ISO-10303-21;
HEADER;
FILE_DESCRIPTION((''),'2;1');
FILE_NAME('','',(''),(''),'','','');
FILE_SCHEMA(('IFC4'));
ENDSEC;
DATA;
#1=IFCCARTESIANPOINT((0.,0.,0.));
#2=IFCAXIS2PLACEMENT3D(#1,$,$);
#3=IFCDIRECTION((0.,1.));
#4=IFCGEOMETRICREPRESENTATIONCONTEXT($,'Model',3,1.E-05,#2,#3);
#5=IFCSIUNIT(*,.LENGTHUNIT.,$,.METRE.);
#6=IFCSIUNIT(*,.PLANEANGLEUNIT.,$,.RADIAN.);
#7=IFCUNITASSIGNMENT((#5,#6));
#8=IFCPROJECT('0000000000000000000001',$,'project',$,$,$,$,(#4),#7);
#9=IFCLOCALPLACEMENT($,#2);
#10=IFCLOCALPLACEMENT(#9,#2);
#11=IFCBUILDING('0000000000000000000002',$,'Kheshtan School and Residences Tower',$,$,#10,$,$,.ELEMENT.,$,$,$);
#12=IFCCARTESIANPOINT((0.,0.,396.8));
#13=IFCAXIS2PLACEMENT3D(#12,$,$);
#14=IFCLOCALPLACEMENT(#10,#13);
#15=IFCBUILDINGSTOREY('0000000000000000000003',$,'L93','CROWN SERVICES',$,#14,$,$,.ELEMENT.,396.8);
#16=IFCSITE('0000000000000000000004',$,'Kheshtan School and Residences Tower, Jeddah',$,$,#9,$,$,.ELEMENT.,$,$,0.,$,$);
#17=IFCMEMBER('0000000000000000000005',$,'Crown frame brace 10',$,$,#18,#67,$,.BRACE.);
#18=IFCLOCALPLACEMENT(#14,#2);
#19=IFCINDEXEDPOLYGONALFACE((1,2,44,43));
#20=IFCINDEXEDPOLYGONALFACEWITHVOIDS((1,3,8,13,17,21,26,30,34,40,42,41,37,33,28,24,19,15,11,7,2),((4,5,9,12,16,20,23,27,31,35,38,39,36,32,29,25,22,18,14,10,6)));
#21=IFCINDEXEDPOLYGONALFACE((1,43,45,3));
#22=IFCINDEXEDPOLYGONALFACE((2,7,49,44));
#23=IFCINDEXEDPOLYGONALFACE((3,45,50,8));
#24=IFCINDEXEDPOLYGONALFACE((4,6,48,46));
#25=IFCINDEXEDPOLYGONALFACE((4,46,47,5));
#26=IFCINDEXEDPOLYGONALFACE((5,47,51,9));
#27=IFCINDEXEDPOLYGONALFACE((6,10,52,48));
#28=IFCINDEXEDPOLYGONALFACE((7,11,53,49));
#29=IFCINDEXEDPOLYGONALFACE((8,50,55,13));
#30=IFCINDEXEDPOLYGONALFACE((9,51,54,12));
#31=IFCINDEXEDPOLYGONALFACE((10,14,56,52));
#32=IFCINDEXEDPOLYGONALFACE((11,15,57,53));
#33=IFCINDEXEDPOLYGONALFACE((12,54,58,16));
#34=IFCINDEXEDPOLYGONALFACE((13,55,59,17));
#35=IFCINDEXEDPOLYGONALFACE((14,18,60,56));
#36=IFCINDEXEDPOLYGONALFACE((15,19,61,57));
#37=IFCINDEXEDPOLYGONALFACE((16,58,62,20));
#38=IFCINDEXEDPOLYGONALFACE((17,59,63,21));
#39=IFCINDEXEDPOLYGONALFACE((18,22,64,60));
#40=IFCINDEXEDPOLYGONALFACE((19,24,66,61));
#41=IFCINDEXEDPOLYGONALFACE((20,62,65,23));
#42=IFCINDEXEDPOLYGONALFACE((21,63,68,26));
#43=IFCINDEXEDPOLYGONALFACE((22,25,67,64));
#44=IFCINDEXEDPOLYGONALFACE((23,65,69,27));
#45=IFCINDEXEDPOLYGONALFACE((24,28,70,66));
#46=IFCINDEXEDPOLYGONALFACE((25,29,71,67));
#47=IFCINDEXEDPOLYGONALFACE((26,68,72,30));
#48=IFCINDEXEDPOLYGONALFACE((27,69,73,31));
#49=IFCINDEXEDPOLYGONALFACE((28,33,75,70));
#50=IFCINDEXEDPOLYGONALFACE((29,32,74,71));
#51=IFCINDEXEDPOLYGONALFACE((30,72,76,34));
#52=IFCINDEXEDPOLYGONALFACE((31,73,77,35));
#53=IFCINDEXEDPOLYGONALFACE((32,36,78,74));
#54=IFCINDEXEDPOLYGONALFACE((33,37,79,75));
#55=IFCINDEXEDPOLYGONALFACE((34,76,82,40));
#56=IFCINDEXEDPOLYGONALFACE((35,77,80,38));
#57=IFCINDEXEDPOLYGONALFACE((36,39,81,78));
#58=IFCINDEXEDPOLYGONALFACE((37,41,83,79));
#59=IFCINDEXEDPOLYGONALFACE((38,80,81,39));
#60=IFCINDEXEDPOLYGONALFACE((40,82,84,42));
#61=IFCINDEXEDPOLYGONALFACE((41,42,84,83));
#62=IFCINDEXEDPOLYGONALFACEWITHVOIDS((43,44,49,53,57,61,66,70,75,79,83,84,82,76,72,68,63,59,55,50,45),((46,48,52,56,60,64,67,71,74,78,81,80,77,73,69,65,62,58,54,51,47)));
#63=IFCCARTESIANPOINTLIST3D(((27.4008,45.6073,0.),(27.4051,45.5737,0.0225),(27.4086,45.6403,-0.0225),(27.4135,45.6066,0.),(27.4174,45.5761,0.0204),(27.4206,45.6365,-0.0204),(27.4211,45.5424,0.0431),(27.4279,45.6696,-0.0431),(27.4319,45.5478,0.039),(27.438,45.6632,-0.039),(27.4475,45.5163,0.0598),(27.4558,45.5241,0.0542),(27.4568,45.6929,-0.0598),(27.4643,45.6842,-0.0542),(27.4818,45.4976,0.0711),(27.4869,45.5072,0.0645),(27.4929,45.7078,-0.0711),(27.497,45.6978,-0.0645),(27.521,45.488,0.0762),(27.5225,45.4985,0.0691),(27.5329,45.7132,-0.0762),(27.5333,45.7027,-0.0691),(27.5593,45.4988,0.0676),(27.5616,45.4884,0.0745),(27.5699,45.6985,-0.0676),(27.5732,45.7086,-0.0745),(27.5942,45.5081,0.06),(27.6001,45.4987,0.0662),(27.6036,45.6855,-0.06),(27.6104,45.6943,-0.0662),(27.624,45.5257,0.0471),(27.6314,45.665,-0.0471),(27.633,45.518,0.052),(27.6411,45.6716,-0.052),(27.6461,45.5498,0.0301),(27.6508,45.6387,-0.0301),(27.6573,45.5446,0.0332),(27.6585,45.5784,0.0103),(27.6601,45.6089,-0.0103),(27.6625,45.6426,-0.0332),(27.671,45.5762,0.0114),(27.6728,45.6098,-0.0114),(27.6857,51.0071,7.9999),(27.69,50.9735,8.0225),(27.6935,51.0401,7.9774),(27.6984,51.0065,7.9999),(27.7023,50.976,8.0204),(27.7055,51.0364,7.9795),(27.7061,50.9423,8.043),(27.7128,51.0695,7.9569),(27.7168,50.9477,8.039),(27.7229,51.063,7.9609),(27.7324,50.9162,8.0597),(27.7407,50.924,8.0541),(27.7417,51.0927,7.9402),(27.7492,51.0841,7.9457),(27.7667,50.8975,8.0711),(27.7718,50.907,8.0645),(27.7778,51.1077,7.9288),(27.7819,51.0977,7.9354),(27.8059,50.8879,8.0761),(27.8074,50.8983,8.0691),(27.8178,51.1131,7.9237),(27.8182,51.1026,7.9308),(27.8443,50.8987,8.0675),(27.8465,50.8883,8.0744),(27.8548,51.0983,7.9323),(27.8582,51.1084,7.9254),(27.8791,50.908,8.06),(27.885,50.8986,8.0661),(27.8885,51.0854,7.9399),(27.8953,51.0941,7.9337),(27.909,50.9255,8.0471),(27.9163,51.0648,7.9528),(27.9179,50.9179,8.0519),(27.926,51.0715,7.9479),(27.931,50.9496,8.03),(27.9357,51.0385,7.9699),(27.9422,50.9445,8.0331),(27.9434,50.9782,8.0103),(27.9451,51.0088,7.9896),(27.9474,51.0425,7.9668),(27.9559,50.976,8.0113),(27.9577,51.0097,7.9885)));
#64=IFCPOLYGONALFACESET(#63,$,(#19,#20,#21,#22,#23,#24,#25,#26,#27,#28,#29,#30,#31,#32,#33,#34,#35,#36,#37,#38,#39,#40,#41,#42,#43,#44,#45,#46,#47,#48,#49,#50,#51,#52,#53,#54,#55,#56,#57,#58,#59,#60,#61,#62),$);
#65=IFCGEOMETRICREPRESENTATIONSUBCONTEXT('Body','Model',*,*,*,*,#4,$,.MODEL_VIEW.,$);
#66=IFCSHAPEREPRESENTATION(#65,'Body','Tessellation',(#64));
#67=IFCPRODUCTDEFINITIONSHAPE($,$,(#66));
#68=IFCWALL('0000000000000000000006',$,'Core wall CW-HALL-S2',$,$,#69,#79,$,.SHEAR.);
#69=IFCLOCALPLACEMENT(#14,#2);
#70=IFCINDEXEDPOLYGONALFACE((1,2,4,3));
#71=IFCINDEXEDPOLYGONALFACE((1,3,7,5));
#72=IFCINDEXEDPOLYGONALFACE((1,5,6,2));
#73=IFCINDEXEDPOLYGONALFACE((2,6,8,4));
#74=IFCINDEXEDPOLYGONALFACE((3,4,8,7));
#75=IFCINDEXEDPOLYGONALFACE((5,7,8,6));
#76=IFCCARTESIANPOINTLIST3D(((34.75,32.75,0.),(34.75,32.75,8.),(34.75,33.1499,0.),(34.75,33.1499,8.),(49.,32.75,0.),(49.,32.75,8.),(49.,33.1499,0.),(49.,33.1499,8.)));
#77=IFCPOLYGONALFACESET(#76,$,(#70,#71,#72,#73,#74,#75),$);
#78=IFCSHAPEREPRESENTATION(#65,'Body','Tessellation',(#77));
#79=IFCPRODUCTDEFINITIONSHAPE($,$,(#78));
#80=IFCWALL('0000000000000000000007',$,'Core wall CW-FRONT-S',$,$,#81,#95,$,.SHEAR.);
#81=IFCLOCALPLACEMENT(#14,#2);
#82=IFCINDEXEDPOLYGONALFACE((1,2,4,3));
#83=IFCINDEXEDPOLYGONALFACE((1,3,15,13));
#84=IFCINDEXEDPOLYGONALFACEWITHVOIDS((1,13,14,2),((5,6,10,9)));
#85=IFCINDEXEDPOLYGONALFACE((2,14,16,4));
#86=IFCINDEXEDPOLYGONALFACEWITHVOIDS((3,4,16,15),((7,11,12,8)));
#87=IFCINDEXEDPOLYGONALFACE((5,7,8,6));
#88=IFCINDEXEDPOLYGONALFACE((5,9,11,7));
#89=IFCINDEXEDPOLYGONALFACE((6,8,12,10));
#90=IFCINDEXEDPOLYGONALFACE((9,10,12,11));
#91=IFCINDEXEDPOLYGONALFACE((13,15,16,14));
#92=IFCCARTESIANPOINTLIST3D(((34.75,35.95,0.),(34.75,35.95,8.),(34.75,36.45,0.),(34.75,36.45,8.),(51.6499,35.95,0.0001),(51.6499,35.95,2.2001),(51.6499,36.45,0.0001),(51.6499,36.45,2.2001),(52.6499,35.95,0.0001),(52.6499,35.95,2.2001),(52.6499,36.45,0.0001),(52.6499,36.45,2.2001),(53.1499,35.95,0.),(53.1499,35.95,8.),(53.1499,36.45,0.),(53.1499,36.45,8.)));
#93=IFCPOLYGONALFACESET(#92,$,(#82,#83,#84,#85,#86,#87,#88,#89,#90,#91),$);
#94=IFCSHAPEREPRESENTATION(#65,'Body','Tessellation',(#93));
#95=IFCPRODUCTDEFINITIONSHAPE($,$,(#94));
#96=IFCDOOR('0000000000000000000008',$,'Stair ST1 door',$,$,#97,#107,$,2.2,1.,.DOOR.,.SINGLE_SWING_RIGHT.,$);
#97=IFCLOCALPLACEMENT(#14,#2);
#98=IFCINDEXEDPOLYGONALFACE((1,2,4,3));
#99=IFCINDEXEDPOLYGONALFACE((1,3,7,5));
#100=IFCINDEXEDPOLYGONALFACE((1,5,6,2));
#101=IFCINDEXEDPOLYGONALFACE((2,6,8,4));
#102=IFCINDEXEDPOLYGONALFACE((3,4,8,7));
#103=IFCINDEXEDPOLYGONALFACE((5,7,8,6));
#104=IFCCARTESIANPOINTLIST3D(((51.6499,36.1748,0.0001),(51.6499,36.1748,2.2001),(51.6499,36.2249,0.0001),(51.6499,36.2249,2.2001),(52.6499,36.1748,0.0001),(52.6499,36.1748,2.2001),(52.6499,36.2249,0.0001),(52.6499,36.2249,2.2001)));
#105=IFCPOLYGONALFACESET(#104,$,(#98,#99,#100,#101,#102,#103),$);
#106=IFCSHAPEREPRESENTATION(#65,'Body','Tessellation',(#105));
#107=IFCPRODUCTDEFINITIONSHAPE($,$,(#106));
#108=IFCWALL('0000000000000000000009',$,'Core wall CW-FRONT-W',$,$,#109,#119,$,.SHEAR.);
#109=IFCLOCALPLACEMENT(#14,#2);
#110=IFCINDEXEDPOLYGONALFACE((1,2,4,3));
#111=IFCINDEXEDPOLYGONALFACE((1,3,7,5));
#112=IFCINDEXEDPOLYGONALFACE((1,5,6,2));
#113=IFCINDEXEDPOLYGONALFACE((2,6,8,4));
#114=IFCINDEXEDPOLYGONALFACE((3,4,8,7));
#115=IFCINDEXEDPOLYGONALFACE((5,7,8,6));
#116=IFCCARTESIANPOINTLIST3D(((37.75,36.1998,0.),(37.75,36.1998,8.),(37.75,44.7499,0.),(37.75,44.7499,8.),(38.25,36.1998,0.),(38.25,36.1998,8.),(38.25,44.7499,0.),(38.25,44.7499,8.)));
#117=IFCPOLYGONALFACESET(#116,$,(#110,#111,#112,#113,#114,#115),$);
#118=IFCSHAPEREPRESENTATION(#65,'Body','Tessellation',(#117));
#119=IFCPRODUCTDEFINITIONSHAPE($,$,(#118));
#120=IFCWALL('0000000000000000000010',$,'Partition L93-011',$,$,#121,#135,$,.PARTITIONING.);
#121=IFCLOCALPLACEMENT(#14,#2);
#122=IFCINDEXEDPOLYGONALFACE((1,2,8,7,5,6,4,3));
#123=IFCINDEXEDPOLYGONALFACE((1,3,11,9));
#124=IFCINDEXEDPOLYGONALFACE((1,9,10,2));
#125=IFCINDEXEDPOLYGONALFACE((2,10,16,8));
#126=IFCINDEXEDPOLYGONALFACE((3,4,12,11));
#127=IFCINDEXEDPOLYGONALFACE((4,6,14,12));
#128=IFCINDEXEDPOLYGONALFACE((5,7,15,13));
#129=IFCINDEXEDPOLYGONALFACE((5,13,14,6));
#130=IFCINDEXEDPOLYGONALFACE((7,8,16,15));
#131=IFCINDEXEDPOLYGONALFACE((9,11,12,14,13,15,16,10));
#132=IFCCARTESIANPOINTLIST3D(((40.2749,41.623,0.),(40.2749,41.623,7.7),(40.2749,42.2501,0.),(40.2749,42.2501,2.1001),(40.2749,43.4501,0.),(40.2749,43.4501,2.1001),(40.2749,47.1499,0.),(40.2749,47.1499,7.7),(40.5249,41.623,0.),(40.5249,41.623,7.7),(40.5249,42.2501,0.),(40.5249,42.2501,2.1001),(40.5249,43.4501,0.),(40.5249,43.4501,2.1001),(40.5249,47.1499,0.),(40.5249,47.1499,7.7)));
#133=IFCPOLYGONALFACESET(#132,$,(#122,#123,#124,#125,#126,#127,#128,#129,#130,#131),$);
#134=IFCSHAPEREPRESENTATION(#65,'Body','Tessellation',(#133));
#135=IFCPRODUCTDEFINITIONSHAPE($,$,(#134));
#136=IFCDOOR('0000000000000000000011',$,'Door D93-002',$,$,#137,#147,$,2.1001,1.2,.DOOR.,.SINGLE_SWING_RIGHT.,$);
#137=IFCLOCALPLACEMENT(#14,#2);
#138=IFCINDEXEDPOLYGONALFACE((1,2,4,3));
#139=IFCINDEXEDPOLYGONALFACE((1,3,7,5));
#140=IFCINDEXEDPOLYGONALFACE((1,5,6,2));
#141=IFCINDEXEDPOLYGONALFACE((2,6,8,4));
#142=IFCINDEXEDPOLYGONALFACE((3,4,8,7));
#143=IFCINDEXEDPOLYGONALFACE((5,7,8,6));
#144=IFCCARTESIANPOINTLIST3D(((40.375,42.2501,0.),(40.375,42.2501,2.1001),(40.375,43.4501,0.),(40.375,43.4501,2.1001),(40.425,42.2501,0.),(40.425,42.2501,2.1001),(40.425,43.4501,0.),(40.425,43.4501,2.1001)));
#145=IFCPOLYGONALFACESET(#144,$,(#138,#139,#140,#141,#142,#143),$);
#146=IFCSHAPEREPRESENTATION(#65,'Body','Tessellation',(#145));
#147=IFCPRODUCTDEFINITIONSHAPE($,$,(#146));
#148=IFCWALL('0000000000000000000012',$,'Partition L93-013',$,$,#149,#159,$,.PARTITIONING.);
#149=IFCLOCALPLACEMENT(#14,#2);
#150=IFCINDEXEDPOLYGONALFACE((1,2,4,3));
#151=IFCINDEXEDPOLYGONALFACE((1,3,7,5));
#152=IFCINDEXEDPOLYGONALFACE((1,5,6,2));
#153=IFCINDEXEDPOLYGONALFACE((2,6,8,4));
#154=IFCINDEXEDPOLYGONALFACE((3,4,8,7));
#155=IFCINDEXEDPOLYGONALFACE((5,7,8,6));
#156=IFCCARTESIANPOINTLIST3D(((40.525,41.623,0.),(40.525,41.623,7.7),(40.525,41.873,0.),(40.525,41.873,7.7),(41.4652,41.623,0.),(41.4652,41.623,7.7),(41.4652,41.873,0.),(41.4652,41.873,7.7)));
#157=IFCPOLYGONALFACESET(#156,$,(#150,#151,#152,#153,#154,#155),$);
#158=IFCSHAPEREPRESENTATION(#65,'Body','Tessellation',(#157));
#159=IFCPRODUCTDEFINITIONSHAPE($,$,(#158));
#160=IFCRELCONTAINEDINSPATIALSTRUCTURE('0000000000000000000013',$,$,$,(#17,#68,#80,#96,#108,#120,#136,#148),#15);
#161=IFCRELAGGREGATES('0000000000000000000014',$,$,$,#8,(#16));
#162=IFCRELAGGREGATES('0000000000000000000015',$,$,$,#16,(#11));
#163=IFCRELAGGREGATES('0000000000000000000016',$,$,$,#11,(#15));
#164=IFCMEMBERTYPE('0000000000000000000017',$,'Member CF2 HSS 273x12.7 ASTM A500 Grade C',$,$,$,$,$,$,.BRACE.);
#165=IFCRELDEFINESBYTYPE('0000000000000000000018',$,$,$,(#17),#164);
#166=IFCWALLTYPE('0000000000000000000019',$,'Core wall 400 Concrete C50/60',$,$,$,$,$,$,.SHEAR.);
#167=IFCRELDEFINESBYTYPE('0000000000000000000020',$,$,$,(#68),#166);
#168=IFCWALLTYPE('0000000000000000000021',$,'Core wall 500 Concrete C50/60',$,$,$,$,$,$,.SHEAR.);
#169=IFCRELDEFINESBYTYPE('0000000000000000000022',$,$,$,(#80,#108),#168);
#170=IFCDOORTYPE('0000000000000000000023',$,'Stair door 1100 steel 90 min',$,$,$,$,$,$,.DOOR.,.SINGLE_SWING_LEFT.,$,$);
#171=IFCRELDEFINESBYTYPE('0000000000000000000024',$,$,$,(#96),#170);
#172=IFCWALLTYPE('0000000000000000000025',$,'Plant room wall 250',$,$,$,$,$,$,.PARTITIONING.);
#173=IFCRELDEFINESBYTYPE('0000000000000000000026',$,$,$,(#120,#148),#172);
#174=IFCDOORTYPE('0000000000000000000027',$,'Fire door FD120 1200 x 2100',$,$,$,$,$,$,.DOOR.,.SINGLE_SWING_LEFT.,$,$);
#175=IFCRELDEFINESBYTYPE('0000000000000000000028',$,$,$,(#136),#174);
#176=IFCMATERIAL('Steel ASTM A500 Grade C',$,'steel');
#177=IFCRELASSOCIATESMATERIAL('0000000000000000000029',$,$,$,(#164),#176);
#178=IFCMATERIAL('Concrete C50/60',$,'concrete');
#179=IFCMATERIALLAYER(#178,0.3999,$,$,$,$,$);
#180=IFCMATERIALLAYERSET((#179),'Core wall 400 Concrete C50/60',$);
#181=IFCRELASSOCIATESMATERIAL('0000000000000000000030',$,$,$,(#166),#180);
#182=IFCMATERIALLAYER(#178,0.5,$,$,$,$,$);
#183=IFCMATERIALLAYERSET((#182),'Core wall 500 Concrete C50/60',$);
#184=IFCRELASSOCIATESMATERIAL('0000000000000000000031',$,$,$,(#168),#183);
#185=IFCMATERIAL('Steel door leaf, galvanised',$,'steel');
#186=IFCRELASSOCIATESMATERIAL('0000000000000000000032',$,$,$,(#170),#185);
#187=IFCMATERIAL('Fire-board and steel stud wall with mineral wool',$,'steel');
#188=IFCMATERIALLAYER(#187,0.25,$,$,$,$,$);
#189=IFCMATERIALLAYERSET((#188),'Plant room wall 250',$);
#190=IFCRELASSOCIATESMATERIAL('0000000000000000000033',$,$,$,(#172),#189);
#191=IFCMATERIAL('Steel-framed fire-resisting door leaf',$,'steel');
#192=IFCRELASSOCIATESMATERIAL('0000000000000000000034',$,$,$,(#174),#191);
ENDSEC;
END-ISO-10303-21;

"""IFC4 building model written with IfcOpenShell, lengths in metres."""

from ifc_helpers import new_model, si_unit, direction, frame, frame_2d, origin, origin_2d, place, context, subcontext, project, spatial, rectangle, hollow_circle, extrude, source, transform, mapped, material, layer, layer_set, material_profile, profile_set, type_object, element, fill, save


model = new_model("IFC4")

# Units and contexts
model_context = context("Model", 3, precision=1e-05, world=origin(), true_north=direction((0.0, 1.0)))
body_context = subcontext(model_context, "Body", "Model", "MODEL_VIEW")
ifc_project = project(units=[si_unit("LENGTHUNIT", "METRE"), si_unit("PLANEANGLEUNIT", "RADIAN")], contexts=[model_context])

# Site, building, storey
site_placement = place(None, origin())
site = spatial("IfcSite", under=ifc_project, at=site_placement, Name="Kheshtan School and Residences Tower, Jeddah", CompositionType="ELEMENT", RefElevation=0.0)
building_placement = place(site_placement, origin())
building = spatial("IfcBuilding", under=site, at=building_placement, Name="Kheshtan School and Residences Tower", CompositionType="ELEMENT")
storey_placement = place(building_placement, frame((0.0, 0.0, 396.8)))
storey = spatial("IfcBuildingStorey", under=building, at=storey_placement, Name="L93", Description="CROWN SERVICES", CompositionType="ELEMENT", Elevation=396.8)

# Shared definitions
ifc_material_1 = material(Name="Steel ASTM A500 Grade C", Category="steel")

# Member
ifc_material_profile_1 = material_profile(ifc_material_1, hollow_circle(Radius=0.1365, WallThickness=0.0127, at=origin_2d()), Name="HSS 273x12.7")
ifc_profile_set_1 = profile_set([ifc_material_profile_1], Name="Steel ASTM A500 Grade C")
member_type = type_object("IfcMemberType", Name="Member CF2 HSS 273x12.7 ASTM A500 Grade C", PredefinedType="BRACE", material=ifc_profile_set_1)
for number, where, z_axis, x_axis, name in (
    (1, (27.5371, 45.6001, 0.0), (0.029506, 0.559222, 0.828492), (-0.998611, 0.052689, 0.0), "Crown frame brace 10"),
):
    element("IfcMember", number, at=place(storey_placement, frame(where, z_axis=z_axis, x_axis=x_axis)), inside=storey, type_object=member_type, Name=name, PredefinedType="BRACE", context=body_context, shape_type="SweptSolid", body=[
        extrude(hollow_circle(Radius=0.1365, WallThickness=0.0127, at=origin_2d()), origin(), (0.0, 0.0, 1.0), 9.656),
    ])

# Wall
ifc_material_2 = material(Name="Concrete C50/60", Category="concrete")
ifc_layer_1 = layer(ifc_material_2, 0.3999)
ifc_layer_set_1 = layer_set([ifc_layer_1], Name="Core wall 400 Concrete C50/60")
wall_type_1 = type_object("IfcWallType", Name="Core wall 400 Concrete C50/60", PredefinedType="SHEAR", material=ifc_layer_set_1)
wall_1_placement = place(storey_placement, frame((34.75, 32.95, 0.0), z_axis=(0.0, 0.0, 1.0), x_axis=(1.0, 0.0, 0.0)))
element("IfcWall", 2, at=wall_1_placement, inside=storey, type_object=wall_type_1, Name="Core wall CW-HALL-S2", PredefinedType="SHEAR", context=body_context, shape_type="SweptSolid", body=[
    extrude(rectangle(XDim=14.25, YDim=0.3999, at=frame_2d((7.125, 0.0))), origin(), (0.0, 0.0, 1.0), 8.0),
])

# Wall, opening, door
ifc_layer_2 = layer(ifc_material_2, 0.5)
ifc_layer_set_2 = layer_set([ifc_layer_2], Name="Core wall 500 Concrete C50/60")
wall_type_2 = type_object("IfcWallType", Name="Core wall 500 Concrete C50/60", PredefinedType="SHEAR", material=ifc_layer_set_2)
wall_2_placement = place(storey_placement, frame((34.75, 36.2, 0.0), z_axis=(0.0, 0.0, 1.0), x_axis=(1.0, 0.0, 0.0)))
wall_2 = element("IfcWall", 3, at=wall_2_placement, inside=storey, type_object=wall_type_2, Name="Core wall CW-FRONT-S", PredefinedType="SHEAR", context=body_context, shape_type="SweptSolid", body=[
    extrude(rectangle(XDim=18.3999, YDim=0.5, at=frame_2d((9.2, 0.0))), origin(), (0.0, 0.0, 1.0), 8.0),
])
opening_1_placement = place(wall_2_placement, frame((16.8999, 0.0, 0.0)))
opening_1 = element("IfcOpeningElement", 4, at=opening_1_placement, cuts=wall_2, PredefinedType="OPENING", context=body_context, shape_type="SweptSolid", body=[
    extrude(rectangle(XDim=1.0, YDim=2.2, at=frame_2d((0.5, 1.1001))), frame((0.0, 0.26, 0.0), z_axis=(0.0, -1.0, 0.0), x_axis=(1.0, 0.0, 0.0)), (0.0, 0.0, 1.0), 0.52),
])
ifc_material_3 = material(Name="Steel door leaf, galvanised", Category="steel")
door_type_1 = type_object("IfcDoorType", Name="Stair door 1100 steel 90 min", OperationType="SINGLE_SWING_LEFT", PredefinedType="DOOR", material=ifc_material_3)
shared_shape_1 = source(origin(), body_context, "Body", "SweptSolid", [
    extrude(rectangle(XDim=1.0, YDim=2.2, at=frame_2d((0.5, 1.1001))), frame((0.0, 0.0249, 0.0), z_axis=(0.0, -1.0, 0.0), x_axis=(1.0, 0.0, 0.0)), (0.0, 0.0, 1.0), 0.05),
])
door_1_placement = place(opening_1_placement, origin())
door_1 = element("IfcDoor", 5, at=door_1_placement, inside=storey, type_object=door_type_1, Name="Stair ST1 door", OperationType="SINGLE_SWING_RIGHT", OverallHeight=2.2, OverallWidth=1.0, PredefinedType="DOOR", context=body_context, shape_type="MappedRepresentation", body=[
    mapped(shared_shape_1, transform((0.0, 0.0, 0.0), x_axis=(1.0, 0.0, 0.0), y_axis=(0.0, 1.0, 0.0), z_axis=(0.0, 0.0, 1.0), scale=1.0)),
])
fill(opening_1, door_1)

# Wall
wall_3_placement = place(storey_placement, frame((38.0, 36.2, 0.0), z_axis=(0.0, 0.0, 1.0), x_axis=(0.0, 1.0, 0.0)))
element("IfcWall", 6, at=wall_3_placement, inside=storey, type_object=wall_type_2, Name="Core wall CW-FRONT-W", PredefinedType="SHEAR", context=body_context, shape_type="SweptSolid", body=[
    extrude(rectangle(XDim=8.55, YDim=0.5, at=frame_2d((4.2749, 0.0))), origin(), (0.0, 0.0, 1.0), 8.0),
])

# Wall, opening, door
ifc_material_4 = material(Name="Fire-board and steel stud wall with mineral wool", Category="steel")
ifc_layer_3 = layer(ifc_material_4, 0.25)
ifc_layer_set_3 = layer_set([ifc_layer_3], Name="Plant room wall 250")
wall_type_3 = type_object("IfcWallType", Name="Plant room wall 250", PredefinedType="PARTITIONING", material=ifc_layer_set_3)
wall_4_placement = place(storey_placement, frame((40.3999, 41.623, 0.0), z_axis=(0.0, 0.0, 1.0), x_axis=(0.0, 1.0, 0.0)))
wall_4 = element("IfcWall", 7, at=wall_4_placement, inside=storey, type_object=wall_type_3, Name="Partition L93-011", PredefinedType="PARTITIONING", context=body_context, shape_type="SweptSolid", body=[
    extrude(rectangle(XDim=5.5269, YDim=0.25, at=frame_2d((2.7634, 0.0))), origin(), (0.0, 0.0, 1.0), 7.7),
])
opening_2_placement = place(wall_4_placement, frame((0.627, 0.0, 0.0)))
opening_2 = element("IfcOpeningElement", 8, at=opening_2_placement, cuts=wall_4, PredefinedType="OPENING", context=body_context, shape_type="SweptSolid", body=[
    extrude(rectangle(XDim=1.2, YDim=2.1001, at=frame_2d((0.6001, 1.05))), frame((0.0, 0.135, 0.0), z_axis=(0.0, -1.0, 0.0), x_axis=(1.0, 0.0, 0.0)), (0.0, 0.0, 1.0), 0.27),
])
ifc_material_5 = material(Name="Steel-framed fire-resisting door leaf", Category="steel")
door_type_2 = type_object("IfcDoorType", Name="Fire door FD120 1200 x 2100", OperationType="SINGLE_SWING_LEFT", PredefinedType="DOOR", material=ifc_material_5)
shared_shape_2 = source(origin(), body_context, "Body", "SweptSolid", [
    extrude(rectangle(XDim=1.2, YDim=2.1001, at=frame_2d((0.6001, 1.05))), frame((0.0, 0.0249, 0.0), z_axis=(0.0, -1.0, 0.0), x_axis=(1.0, 0.0, 0.0)), (0.0, 0.0, 1.0), 0.05),
])
door_2_placement = place(opening_2_placement, origin())
door_2 = element("IfcDoor", 9, at=door_2_placement, inside=storey, type_object=door_type_2, Name="Door D93-002", OperationType="SINGLE_SWING_RIGHT", OverallHeight=2.1001, OverallWidth=1.2, PredefinedType="DOOR", context=body_context, shape_type="MappedRepresentation", body=[
    mapped(shared_shape_2, transform((0.0, 0.0, 0.0), x_axis=(1.0, 0.0, 0.0), y_axis=(0.0, 1.0, 0.0), z_axis=(0.0, 0.0, 1.0), scale=1.0)),
])
fill(opening_2, door_2)

# Wall
wall_5_placement = place(storey_placement, frame((40.5249, 41.748, 0.0), z_axis=(0.0, 0.0, 1.0), x_axis=(1.0, 0.0, 0.0)))
element("IfcWall", 10, at=wall_5_placement, inside=storey, type_object=wall_type_3, Name="Partition L93-013", PredefinedType="PARTITIONING", context=body_context, shape_type="SweptSolid", body=[
    extrude(rectangle(XDim=0.9402, YDim=0.25, at=frame_2d((0.4702, 0.0))), origin(), (0.0, 0.0, 1.0), 7.7),
])

save(model, "model.ifc")
